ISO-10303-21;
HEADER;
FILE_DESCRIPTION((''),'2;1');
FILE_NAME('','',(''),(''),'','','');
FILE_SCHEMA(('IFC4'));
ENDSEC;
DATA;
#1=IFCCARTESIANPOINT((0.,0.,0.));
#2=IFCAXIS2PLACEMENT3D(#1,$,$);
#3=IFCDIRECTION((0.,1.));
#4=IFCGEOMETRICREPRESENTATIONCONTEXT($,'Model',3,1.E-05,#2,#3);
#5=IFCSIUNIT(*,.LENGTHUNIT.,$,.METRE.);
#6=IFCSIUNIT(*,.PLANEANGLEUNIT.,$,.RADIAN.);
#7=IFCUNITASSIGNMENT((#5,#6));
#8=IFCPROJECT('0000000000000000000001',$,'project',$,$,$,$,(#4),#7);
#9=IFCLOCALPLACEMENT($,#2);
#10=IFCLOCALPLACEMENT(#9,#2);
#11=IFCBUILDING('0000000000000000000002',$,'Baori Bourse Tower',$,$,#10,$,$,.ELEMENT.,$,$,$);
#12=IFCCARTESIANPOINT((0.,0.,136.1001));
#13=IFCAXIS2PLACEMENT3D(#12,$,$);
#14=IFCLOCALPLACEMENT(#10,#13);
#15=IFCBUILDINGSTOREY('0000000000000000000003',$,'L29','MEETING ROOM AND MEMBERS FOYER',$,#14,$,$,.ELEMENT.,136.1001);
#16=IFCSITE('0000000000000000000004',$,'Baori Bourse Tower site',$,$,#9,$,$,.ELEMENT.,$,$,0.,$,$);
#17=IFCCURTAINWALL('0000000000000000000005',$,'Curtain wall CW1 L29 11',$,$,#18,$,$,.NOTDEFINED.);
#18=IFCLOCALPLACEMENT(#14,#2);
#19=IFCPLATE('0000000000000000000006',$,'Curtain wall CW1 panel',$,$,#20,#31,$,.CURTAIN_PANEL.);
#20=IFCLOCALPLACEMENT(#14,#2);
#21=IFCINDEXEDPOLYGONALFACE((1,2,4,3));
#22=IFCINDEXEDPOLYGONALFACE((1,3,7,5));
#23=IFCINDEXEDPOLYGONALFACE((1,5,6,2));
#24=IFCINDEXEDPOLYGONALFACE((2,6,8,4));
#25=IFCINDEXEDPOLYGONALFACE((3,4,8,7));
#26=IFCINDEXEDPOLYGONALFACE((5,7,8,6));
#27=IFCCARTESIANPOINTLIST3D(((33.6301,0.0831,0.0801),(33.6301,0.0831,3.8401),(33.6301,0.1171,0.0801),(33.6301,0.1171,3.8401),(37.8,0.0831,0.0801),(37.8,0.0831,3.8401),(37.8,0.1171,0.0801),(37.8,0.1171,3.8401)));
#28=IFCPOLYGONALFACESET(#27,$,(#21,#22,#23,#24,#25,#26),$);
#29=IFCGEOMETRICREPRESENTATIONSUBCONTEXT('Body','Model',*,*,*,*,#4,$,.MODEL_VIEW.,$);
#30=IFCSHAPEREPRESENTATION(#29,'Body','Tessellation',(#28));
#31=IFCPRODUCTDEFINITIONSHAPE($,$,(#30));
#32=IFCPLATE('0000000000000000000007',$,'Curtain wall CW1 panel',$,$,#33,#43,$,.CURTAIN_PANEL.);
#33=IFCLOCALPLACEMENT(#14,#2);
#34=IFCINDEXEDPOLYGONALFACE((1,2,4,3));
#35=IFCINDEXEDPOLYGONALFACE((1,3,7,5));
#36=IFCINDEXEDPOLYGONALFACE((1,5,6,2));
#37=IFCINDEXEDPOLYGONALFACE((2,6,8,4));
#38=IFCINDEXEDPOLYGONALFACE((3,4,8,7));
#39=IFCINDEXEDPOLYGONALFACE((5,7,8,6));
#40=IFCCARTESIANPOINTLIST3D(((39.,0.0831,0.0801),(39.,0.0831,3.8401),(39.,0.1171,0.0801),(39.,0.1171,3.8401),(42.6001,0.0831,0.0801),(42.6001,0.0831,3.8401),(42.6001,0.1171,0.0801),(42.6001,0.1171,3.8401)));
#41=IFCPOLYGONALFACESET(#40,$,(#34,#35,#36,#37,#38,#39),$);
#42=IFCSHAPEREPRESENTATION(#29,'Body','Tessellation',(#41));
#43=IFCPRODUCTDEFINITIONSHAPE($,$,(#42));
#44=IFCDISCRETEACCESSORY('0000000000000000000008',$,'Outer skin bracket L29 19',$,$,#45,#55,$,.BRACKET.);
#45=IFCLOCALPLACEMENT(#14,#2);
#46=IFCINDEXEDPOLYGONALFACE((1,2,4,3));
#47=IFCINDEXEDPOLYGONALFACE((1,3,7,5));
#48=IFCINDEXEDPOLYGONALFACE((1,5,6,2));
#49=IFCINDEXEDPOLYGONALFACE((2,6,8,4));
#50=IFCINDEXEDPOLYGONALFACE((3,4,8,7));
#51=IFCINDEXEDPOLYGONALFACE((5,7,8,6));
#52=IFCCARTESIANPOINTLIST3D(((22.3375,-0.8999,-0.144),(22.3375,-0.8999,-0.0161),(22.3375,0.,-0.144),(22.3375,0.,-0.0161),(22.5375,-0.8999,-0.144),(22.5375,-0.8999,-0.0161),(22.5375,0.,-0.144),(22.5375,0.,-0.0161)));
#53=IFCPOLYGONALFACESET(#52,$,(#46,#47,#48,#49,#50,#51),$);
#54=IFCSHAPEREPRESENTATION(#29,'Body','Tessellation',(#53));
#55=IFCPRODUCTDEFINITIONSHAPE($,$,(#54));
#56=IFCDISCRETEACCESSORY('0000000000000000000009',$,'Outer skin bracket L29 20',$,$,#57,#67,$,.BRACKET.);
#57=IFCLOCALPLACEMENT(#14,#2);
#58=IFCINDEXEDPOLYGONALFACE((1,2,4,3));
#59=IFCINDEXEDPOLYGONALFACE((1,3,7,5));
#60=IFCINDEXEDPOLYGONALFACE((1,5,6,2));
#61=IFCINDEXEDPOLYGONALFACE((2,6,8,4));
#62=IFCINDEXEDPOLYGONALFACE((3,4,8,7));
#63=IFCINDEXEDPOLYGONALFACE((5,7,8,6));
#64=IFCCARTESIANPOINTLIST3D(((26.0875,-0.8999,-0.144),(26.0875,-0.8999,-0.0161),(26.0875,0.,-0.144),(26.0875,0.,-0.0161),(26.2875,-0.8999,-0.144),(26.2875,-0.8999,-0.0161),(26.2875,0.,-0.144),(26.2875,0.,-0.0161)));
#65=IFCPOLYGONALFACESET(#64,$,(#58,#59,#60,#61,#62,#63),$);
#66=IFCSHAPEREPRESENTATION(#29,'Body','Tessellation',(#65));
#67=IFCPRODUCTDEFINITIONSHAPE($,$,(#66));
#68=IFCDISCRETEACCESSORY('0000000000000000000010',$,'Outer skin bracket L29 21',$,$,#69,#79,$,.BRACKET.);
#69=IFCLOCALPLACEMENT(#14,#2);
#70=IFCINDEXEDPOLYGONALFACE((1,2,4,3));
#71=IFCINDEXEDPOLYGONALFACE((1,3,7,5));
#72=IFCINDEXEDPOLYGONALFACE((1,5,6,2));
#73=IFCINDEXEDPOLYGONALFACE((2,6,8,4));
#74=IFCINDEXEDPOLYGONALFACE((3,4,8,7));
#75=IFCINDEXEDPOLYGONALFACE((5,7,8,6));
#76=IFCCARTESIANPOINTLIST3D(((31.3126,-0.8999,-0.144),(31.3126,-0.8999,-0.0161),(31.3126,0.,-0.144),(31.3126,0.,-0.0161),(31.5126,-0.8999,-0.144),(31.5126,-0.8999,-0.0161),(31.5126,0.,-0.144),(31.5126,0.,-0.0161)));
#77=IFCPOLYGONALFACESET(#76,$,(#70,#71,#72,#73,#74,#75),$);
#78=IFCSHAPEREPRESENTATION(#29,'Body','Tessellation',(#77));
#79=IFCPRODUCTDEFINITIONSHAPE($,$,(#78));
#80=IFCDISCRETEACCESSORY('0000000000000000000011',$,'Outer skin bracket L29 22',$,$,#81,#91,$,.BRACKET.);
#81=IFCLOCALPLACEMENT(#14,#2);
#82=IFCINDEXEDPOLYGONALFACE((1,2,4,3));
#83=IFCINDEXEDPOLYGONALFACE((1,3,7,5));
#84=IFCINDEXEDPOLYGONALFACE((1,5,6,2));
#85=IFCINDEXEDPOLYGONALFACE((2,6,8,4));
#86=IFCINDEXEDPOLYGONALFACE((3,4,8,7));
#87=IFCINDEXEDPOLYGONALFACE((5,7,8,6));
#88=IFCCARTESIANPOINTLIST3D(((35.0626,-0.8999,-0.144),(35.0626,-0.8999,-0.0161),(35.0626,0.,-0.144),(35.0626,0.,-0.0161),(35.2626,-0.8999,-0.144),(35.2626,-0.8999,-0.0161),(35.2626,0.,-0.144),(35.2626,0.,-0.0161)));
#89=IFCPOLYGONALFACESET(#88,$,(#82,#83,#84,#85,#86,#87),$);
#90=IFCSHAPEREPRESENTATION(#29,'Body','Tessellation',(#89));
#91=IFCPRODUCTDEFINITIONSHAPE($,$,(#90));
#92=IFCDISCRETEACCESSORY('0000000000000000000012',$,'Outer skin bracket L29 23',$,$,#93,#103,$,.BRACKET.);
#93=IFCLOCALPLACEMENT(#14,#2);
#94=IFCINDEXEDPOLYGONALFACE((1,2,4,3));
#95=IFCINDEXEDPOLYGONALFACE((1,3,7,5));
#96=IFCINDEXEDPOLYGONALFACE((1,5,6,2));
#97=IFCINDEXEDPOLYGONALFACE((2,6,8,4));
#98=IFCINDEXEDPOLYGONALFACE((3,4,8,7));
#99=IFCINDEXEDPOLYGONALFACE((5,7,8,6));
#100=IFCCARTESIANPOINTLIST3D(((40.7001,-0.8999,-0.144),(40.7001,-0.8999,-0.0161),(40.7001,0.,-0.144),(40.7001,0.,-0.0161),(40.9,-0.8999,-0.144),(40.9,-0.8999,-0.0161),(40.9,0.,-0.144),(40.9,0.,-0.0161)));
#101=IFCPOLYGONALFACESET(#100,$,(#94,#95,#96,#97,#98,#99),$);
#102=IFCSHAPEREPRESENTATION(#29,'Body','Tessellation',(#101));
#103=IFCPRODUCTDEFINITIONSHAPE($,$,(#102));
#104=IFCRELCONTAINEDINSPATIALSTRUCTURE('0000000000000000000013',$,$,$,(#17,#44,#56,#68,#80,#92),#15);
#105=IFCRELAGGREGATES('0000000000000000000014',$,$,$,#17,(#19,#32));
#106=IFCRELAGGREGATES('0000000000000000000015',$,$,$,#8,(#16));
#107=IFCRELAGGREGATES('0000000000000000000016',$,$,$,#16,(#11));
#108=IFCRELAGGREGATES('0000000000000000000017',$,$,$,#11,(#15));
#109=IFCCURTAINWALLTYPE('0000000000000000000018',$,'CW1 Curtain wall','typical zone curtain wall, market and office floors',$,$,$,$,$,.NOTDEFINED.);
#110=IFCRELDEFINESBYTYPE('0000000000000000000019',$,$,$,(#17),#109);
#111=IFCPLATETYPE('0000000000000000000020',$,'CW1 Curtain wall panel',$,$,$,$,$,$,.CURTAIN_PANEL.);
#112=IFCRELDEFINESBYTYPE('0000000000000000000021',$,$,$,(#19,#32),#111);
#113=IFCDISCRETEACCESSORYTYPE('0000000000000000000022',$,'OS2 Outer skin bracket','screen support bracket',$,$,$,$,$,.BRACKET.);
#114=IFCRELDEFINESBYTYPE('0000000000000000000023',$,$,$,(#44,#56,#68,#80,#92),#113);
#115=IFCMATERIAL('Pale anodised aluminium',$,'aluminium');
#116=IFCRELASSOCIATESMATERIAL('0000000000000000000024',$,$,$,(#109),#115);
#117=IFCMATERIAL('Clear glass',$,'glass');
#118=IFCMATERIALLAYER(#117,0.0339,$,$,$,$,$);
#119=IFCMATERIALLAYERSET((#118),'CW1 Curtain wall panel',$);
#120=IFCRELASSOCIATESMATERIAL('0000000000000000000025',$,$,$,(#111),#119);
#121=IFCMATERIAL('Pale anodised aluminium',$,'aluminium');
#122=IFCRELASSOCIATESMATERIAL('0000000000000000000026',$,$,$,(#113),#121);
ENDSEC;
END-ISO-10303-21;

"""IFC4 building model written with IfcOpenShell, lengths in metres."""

from ifc_helpers import new_model, si_unit, direction, frame, origin, origin_2d, place, context, subcontext, project, spatial, rectangle, extrude, material, layer, layer_set, type_object, element, aggregate, save


model = new_model("IFC4")

# Units and contexts
model_context = context("Model", 3, precision=1e-05, world=origin(), true_north=direction((0.0, 1.0)))
body_context = subcontext(model_context, "Body", "Model", "MODEL_VIEW")
ifc_project = project(units=[si_unit("LENGTHUNIT", "METRE"), si_unit("PLANEANGLEUNIT", "RADIAN")], contexts=[model_context])

# Site, building, storey
site_placement = place(None, origin())
site = spatial("IfcSite", under=ifc_project, at=site_placement, Name="Baori Bourse Tower site", CompositionType="ELEMENT", RefElevation=0.0)
building_placement = place(site_placement, origin())
building = spatial("IfcBuilding", under=site, at=building_placement, Name="Baori Bourse Tower", CompositionType="ELEMENT")
storey_placement = place(building_placement, frame((0.0, 0.0, 136.1001)))
storey = spatial("IfcBuildingStorey", under=building, at=storey_placement, Name="L29", Description="MEETING ROOM AND MEMBERS FOYER", CompositionType="ELEMENT", Elevation=136.1001)

# Curtain wall
ifc_material_1 = material(Name="Pale anodised aluminium", Category="aluminium")
curtain_wall_type = type_object("IfcCurtainWallType", Name="CW1 Curtain wall", Description="typical zone curtain wall, market and office floors", PredefinedType="NOTDEFINED", material=ifc_material_1)
curtain_wall_placement = place(storey_placement, origin())
curtain_wall = element("IfcCurtainWall", 1, at=curtain_wall_placement, inside=storey, type_object=curtain_wall_type, Name="Curtain wall CW1 L29 11", PredefinedType="NOTDEFINED")

# Plates
ifc_material_2 = material(Name="Clear glass", Category="glass")
ifc_layer = layer(ifc_material_2, 0.0339)
ifc_layer_set = layer_set([ifc_layer], Name="CW1 Curtain wall panel")
plate_type = type_object("IfcPlateType", Name="CW1 Curtain wall panel", PredefinedType="CURTAIN_PANEL", material=ifc_layer_set)
plate_1_placement = place(storey_placement, frame((35.7151, 0.1001, 0.0801), z_axis=(0.0, 0.0, 1.0), x_axis=(1.0, 0.0, 0.0)))
plate_1 = element("IfcPlate", 2, at=plate_1_placement, type_object=plate_type, Name="Curtain wall CW1 panel", PredefinedType="CURTAIN_PANEL", context=body_context, shape_type="SweptSolid", body=[
    extrude(rectangle(XDim=4.1699, YDim=0.0339, at=origin_2d()), origin(), (0.0, 0.0, 1.0), 3.76),
])
plate_2_placement = place(storey_placement, frame((40.8, 0.1001, 0.0801), z_axis=(0.0, 0.0, 1.0), x_axis=(1.0, 0.0, 0.0)))
plate_2 = element("IfcPlate", 3, at=plate_2_placement, type_object=plate_type, Name="Curtain wall CW1 panel", PredefinedType="CURTAIN_PANEL", context=body_context, shape_type="SweptSolid", body=[
    extrude(rectangle(XDim=3.6001, YDim=0.0339, at=origin_2d()), origin(), (0.0, 0.0, 1.0), 3.76),
])
aggregate(curtain_wall, [plate_1, plate_2])

# Discrete accessories
ifc_material_3 = material(Name="Pale anodised aluminium", Category="aluminium")
discrete_accessory_type = type_object("IfcDiscreteAccessoryType", Name="OS2 Outer skin bracket", Description="screen support bracket", PredefinedType="BRACKET", material=ifc_material_3)
for number, where, z_axis, x_axis, name in (
    (4, (22.4375, -0.45, -0.144), (0.0, 0.0, 1.0), (1.0, 0.0, 0.0), "Outer skin bracket L29 19"),
    (5, (26.1875, -0.45, -0.144), (0.0, 0.0, 1.0), (1.0, 0.0, 0.0), "Outer skin bracket L29 20"),
    (6, (31.4126, -0.45, -0.144), (0.0, 0.0, 1.0), (1.0, 0.0, 0.0), "Outer skin bracket L29 21"),
    (7, (35.1626, -0.45, -0.144), (0.0, 0.0, 1.0), (1.0, 0.0, 0.0), "Outer skin bracket L29 22"),
    (8, (40.8, -0.45, -0.144), (0.0, 0.0, 1.0), (1.0, 0.0, 0.0), "Outer skin bracket L29 23"),
):
    element("IfcDiscreteAccessory", number, at=place(storey_placement, frame(where, z_axis=z_axis, x_axis=x_axis)), inside=storey, type_object=discrete_accessory_type, Name=name, PredefinedType="BRACKET", context=body_context, shape_type="SweptSolid", body=[
        extrude(rectangle(XDim=0.2, YDim=0.8999, at=origin_2d()), origin(), (0.0, 0.0, 1.0), 0.1279),
    ])

save(model, "model.ifc")
